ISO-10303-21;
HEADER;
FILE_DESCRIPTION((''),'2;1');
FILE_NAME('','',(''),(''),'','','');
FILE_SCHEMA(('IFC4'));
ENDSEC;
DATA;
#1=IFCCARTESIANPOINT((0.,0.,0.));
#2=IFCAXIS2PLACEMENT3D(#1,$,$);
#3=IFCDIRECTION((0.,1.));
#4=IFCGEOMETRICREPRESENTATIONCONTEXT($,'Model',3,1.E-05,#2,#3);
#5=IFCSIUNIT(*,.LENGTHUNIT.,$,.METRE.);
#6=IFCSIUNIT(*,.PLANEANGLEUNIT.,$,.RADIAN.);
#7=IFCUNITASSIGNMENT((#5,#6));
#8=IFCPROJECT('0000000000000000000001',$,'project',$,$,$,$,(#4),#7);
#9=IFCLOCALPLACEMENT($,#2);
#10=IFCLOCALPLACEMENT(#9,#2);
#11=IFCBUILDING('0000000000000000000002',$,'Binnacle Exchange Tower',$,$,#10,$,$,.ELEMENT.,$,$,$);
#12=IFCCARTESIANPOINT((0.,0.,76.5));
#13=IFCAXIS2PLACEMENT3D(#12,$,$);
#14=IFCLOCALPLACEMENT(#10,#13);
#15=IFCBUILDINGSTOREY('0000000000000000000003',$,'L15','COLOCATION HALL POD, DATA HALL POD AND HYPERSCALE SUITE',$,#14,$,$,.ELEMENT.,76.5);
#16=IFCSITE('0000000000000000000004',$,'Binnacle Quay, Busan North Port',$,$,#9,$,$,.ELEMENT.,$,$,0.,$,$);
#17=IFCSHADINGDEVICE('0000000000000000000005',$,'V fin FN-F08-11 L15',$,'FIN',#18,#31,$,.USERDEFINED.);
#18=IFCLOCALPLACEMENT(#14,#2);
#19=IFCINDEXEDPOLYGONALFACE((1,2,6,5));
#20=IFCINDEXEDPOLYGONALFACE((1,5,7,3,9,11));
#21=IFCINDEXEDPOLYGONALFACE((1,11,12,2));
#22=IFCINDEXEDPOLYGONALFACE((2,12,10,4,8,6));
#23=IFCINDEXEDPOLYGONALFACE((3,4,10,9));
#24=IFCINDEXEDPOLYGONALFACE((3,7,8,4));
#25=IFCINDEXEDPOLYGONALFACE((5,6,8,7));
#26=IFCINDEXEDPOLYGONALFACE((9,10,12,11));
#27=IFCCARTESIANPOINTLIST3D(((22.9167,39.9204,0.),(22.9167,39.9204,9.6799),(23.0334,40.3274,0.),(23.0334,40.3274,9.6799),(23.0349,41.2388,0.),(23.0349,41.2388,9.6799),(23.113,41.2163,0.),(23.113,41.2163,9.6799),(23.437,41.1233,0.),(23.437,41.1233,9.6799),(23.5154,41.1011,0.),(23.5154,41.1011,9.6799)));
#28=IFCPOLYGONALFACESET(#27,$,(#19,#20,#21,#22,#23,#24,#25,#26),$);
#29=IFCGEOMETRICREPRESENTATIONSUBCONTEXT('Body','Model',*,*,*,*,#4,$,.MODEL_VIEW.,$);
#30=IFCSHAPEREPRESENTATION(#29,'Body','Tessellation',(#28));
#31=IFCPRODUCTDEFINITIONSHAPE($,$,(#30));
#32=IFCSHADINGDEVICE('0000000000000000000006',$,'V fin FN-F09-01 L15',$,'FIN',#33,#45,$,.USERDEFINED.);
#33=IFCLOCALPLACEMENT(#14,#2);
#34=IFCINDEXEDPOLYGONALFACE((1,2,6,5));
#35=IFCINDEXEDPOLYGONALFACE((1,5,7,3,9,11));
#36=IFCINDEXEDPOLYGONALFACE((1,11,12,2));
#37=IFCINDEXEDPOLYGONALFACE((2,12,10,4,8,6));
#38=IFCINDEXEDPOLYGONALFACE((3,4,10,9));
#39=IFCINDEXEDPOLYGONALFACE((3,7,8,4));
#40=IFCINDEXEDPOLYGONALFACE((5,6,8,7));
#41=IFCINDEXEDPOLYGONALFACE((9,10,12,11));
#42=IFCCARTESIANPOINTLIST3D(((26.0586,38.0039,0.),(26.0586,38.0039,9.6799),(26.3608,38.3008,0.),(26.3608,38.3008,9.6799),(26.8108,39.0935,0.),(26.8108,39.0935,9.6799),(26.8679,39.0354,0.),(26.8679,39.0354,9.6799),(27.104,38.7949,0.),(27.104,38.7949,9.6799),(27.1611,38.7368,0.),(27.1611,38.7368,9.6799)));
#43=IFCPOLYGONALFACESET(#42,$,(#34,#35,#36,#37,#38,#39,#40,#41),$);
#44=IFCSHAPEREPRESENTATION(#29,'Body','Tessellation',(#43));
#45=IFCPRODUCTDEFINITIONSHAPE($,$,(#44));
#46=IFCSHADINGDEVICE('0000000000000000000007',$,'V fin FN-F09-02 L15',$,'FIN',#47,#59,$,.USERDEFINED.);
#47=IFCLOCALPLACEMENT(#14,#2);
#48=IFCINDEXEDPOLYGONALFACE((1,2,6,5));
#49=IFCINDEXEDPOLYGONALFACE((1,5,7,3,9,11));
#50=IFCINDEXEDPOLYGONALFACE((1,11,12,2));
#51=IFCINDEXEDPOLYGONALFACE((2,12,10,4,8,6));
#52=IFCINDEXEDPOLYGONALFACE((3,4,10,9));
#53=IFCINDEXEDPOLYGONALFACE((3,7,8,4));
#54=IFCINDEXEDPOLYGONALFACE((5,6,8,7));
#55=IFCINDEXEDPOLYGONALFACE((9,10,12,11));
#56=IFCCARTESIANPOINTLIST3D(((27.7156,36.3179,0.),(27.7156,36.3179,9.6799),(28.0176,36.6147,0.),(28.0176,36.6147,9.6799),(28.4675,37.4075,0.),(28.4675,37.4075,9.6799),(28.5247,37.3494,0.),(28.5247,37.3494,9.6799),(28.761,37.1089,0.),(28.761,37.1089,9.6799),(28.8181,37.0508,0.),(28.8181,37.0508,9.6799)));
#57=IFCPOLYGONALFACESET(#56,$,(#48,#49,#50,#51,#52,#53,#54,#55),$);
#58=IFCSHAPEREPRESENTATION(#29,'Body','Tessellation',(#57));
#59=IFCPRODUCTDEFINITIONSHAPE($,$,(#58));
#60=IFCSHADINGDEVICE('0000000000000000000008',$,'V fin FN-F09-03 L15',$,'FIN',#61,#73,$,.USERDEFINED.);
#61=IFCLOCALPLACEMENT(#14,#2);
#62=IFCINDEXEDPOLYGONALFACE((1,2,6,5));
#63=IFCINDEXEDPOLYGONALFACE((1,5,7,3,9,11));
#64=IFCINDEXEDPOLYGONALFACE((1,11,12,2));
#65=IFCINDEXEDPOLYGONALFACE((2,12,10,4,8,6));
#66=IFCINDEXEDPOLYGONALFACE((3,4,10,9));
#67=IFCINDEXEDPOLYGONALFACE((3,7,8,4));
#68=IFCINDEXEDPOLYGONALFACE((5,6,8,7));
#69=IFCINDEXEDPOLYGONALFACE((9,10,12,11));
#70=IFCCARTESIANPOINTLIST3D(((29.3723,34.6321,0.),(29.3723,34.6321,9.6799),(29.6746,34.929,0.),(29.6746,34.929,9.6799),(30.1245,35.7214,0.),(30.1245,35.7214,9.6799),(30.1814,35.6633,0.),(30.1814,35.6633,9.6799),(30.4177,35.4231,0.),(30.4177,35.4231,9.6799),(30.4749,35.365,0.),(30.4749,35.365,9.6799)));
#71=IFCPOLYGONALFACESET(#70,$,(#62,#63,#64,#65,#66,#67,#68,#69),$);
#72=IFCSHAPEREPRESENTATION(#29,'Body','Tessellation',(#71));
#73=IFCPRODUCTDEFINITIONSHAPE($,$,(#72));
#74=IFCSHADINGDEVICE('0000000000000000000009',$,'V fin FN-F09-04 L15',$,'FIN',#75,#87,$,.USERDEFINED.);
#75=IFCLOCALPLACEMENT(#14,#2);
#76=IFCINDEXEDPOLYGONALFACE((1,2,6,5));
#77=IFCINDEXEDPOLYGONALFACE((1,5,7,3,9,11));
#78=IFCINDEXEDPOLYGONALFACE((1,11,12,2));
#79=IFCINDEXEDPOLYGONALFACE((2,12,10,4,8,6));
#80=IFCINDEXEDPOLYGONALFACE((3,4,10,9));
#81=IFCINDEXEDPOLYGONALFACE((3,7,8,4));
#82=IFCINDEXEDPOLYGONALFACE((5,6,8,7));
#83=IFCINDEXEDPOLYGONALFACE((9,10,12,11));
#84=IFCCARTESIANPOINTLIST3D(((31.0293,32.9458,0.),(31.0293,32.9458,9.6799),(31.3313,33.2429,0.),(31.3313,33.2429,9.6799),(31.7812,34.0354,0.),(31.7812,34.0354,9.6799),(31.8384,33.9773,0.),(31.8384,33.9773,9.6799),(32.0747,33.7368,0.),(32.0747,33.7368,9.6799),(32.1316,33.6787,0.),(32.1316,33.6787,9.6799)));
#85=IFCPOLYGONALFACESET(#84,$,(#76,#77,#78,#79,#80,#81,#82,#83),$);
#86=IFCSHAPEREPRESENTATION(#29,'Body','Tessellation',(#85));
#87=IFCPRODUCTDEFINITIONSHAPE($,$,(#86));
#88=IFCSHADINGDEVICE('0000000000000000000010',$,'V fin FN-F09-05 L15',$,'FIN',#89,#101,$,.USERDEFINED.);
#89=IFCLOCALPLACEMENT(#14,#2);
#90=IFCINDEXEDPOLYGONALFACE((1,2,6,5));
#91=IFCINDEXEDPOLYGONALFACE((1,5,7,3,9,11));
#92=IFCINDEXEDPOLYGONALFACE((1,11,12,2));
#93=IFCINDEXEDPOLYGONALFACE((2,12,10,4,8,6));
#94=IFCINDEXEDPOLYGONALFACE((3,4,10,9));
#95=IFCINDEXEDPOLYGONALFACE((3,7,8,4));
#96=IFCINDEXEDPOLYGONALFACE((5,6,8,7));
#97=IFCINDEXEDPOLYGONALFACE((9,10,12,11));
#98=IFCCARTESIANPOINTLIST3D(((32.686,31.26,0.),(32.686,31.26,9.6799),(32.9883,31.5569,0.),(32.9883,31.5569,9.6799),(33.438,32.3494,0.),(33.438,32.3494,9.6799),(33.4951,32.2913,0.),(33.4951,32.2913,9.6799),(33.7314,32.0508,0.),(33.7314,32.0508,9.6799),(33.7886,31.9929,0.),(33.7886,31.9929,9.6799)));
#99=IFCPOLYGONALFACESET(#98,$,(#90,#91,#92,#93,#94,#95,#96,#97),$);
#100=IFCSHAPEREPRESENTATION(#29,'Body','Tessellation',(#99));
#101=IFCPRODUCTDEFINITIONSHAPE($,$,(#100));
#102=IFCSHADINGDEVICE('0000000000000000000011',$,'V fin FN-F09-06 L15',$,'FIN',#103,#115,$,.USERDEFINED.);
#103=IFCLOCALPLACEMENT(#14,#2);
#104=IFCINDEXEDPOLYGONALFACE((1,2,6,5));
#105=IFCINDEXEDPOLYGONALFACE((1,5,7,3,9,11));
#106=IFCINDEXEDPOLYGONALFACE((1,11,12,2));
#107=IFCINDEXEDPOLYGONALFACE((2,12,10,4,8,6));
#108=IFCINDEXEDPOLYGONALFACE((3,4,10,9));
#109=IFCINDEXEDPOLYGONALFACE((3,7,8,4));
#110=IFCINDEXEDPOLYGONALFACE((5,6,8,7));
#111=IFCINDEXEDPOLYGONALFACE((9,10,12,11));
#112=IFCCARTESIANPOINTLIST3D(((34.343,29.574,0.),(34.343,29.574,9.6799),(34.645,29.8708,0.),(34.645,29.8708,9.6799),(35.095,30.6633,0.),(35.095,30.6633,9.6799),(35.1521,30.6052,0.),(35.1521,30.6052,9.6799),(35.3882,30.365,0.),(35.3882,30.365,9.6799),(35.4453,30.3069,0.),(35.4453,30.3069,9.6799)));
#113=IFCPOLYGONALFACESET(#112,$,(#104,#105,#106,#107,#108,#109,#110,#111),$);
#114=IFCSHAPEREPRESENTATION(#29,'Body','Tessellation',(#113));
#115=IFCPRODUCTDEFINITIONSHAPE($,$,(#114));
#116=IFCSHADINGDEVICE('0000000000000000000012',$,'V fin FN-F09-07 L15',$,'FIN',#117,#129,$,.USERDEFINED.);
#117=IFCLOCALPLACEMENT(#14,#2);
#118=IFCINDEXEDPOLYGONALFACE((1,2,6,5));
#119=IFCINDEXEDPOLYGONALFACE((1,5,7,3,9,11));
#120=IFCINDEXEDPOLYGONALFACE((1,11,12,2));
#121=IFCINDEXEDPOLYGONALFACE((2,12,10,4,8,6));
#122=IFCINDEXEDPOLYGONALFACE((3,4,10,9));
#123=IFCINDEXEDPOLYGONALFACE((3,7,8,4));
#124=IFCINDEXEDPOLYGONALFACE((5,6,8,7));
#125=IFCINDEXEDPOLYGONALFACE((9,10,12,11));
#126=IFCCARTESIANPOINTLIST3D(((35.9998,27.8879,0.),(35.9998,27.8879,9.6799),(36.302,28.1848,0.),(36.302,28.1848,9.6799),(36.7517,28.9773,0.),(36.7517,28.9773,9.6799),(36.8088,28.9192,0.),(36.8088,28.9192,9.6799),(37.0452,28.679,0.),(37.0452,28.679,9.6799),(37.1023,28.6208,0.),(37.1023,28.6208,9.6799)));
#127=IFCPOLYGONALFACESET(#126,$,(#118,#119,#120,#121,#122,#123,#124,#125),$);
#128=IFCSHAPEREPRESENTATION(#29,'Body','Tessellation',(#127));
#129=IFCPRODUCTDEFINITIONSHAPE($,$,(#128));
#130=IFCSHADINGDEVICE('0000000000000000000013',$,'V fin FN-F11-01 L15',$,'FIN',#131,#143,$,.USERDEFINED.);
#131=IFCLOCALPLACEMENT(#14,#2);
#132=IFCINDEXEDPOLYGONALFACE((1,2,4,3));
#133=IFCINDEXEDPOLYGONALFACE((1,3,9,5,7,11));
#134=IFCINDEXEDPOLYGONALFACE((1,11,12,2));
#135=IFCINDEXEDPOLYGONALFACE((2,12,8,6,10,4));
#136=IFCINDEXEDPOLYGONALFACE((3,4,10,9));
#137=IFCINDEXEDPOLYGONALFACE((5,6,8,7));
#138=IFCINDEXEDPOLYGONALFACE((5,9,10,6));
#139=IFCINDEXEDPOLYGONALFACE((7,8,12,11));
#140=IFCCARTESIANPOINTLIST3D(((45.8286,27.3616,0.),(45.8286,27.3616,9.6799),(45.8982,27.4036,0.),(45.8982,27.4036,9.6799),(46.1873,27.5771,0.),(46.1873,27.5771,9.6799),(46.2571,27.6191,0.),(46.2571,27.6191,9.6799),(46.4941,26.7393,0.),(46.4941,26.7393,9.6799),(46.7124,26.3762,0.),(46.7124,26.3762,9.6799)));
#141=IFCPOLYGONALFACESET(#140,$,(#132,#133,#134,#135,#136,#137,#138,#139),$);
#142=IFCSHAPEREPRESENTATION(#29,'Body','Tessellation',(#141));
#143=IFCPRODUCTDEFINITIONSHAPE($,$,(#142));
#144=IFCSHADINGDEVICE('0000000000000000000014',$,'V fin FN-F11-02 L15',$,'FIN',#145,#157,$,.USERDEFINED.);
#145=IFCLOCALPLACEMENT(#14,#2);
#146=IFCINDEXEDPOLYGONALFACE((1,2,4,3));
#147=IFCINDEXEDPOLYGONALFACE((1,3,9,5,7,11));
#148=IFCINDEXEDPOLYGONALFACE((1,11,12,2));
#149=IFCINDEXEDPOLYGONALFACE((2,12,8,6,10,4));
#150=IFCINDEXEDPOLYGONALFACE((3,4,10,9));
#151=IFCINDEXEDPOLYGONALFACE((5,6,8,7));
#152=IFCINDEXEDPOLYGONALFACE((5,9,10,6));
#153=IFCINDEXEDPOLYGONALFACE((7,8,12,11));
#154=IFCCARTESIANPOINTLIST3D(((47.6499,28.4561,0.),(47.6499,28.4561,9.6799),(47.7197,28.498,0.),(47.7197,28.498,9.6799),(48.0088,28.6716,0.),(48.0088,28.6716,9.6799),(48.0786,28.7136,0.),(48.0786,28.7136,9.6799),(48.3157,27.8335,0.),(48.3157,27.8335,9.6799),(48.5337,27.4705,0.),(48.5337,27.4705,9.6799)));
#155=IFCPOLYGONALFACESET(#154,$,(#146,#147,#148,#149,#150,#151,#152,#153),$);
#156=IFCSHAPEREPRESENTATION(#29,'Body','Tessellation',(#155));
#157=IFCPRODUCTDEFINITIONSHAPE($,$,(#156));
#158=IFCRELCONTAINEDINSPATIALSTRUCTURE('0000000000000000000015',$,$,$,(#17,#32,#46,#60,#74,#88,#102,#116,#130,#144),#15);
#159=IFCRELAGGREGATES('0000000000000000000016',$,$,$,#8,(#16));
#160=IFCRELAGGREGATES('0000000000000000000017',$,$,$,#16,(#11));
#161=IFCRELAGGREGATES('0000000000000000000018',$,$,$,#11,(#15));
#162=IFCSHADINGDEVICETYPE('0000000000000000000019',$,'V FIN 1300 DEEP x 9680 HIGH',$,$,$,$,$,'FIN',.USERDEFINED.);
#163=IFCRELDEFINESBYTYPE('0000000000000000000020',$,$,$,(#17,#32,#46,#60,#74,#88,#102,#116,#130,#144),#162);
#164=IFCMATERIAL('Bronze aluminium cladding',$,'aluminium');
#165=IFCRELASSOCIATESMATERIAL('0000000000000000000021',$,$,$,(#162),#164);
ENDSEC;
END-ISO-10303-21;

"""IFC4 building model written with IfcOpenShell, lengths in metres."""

from ifc_helpers import new_model, si_unit, direction, frame, origin, place, context, subcontext, project, spatial, polyline, outline, extrude, material, type_object, element, save


model = new_model("IFC4")

# Units and contexts
model_context = context("Model", 3, precision=1e-05, world=origin(), true_north=direction((0.0, 1.0)))
body_context = subcontext(model_context, "Body", "Model", "MODEL_VIEW")
ifc_project = project(units=[si_unit("LENGTHUNIT", "METRE"), si_unit("PLANEANGLEUNIT", "RADIAN")], contexts=[model_context])

# Site, building, storey
site_placement = place(None, origin())
site = spatial("IfcSite", under=ifc_project, at=site_placement, Name="Binnacle Quay, Busan North Port", CompositionType="ELEMENT", RefElevation=0.0)
building_placement = place(site_placement, origin())
building = spatial("IfcBuilding", under=site, at=building_placement, Name="Binnacle Exchange Tower", CompositionType="ELEMENT")
storey_placement = place(building_placement, frame((0.0, 0.0, 76.5)))
storey = spatial("IfcBuildingStorey", under=building, at=storey_placement, Name="L15", Description="COLOCATION HALL POD, DATA HALL POD AND HYPERSCALE SUITE", CompositionType="ELEMENT", Elevation=76.5)

# Shading devices
ifc_material = material(Name="Bronze aluminium cladding", Category="aluminium")
shading_device_type = type_object("IfcShadingDeviceType", Name="V FIN 1300 DEEP x 9680 HIGH", ElementType="FIN", PredefinedType="USERDEFINED", material=ifc_material)
shading_device_1_placement = place(storey_placement, origin())
element("IfcShadingDevice", 1, at=shading_device_1_placement, inside=storey, type_object=shading_device_type, Name="V fin FN-F08-11 L15", ObjectType="FIN", PredefinedType="USERDEFINED", context=body_context, shape_type="SweptSolid", body=[
    extrude(outline(polyline([(23.0349, 41.2388), (22.9167, 39.9204), (23.5154, 41.1011), (23.437, 41.1233), (23.0334, 40.3274), (23.113, 41.2163), (23.0349, 41.2388)])), origin(), (0.0, 0.0, 1.0), 9.6799),
])
shading_device_2_placement = place(storey_placement, origin())
element("IfcShadingDevice", 2, at=shading_device_2_placement, inside=storey, type_object=shading_device_type, Name="V fin FN-F09-01 L15", ObjectType="FIN", PredefinedType="USERDEFINED", context=body_context, shape_type="SweptSolid", body=[
    extrude(outline(polyline([(26.8108, 39.0935), (26.0586, 38.0039), (27.1611, 38.7368), (27.104, 38.7949), (26.3608, 38.3008), (26.8679, 39.0354), (26.8108, 39.0935)])), origin(), (0.0, 0.0, 1.0), 9.6799),
])
shading_device_3_placement = place(storey_placement, origin())
element("IfcShadingDevice", 3, at=shading_device_3_placement, inside=storey, type_object=shading_device_type, Name="V fin FN-F09-02 L15", ObjectType="FIN", PredefinedType="USERDEFINED", context=body_context, shape_type="SweptSolid", body=[
    extrude(outline(polyline([(28.4675, 37.4075), (27.7156, 36.3179), (28.8181, 37.0508), (28.761, 37.1089), (28.0176, 36.6147), (28.5247, 37.3494), (28.4675, 37.4075)])), origin(), (0.0, 0.0, 1.0), 9.6799),
])
shading_device_4_placement = place(storey_placement, origin())
element("IfcShadingDevice", 4, at=shading_device_4_placement, inside=storey, type_object=shading_device_type, Name="V fin FN-F09-03 L15", ObjectType="FIN", PredefinedType="USERDEFINED", context=body_context, shape_type="SweptSolid", body=[
    extrude(outline(polyline([(30.1245, 35.7214), (29.3723, 34.6321), (30.4749, 35.365), (30.4177, 35.4231), (29.6746, 34.929), (30.1814, 35.6633), (30.1245, 35.7214)])), origin(), (0.0, 0.0, 1.0), 9.6799),
])
shading_device_5_placement = place(storey_placement, origin())
element("IfcShadingDevice", 5, at=shading_device_5_placement, inside=storey, type_object=shading_device_type, Name="V fin FN-F09-04 L15", ObjectType="FIN", PredefinedType="USERDEFINED", context=body_context, shape_type="SweptSolid", body=[
    extrude(outline(polyline([(31.7812, 34.0354), (31.0293, 32.9458), (32.1316, 33.6787), (32.0747, 33.7368), (31.3313, 33.2429), (31.8384, 33.9773), (31.7812, 34.0354)])), origin(), (0.0, 0.0, 1.0), 9.6799),
])
shading_device_6_placement = place(storey_placement, origin())
element("IfcShadingDevice", 6, at=shading_device_6_placement, inside=storey, type_object=shading_device_type, Name="V fin FN-F09-05 L15", ObjectType="FIN", PredefinedType="USERDEFINED", context=body_context, shape_type="SweptSolid", body=[
    extrude(outline(polyline([(33.438, 32.3494), (32.686, 31.26), (33.7886, 31.9929), (33.7314, 32.0508), (32.9883, 31.5569), (33.4951, 32.2913), (33.438, 32.3494)])), origin(), (0.0, 0.0, 1.0), 9.6799),
])
shading_device_7_placement = place(storey_placement, origin())
element("IfcShadingDevice", 7, at=shading_device_7_placement, inside=storey, type_object=shading_device_type, Name="V fin FN-F09-06 L15", ObjectType="FIN", PredefinedType="USERDEFINED", context=body_context, shape_type="SweptSolid", body=[
    extrude(outline(polyline([(35.095, 30.6633), (34.343, 29.574), (35.4453, 30.3069), (35.3882, 30.365), (34.645, 29.8708), (35.1521, 30.6052), (35.095, 30.6633)])), origin(), (0.0, 0.0, 1.0), 9.6799),
])
shading_device_8_placement = place(storey_placement, origin())
element("IfcShadingDevice", 8, at=shading_device_8_placement, inside=storey, type_object=shading_device_type, Name="V fin FN-F09-07 L15", ObjectType="FIN", PredefinedType="USERDEFINED", context=body_context, shape_type="SweptSolid", body=[
    extrude(outline(polyline([(36.7517, 28.9773), (35.9998, 27.8879), (37.1023, 28.6208), (37.0452, 28.679), (36.302, 28.1848), (36.8088, 28.9192), (36.7517, 28.9773)])), origin(), (0.0, 0.0, 1.0), 9.6799),
])
shading_device_9_placement = place(storey_placement, origin())
element("IfcShadingDevice", 9, at=shading_device_9_placement, inside=storey, type_object=shading_device_type, Name="V fin FN-F11-01 L15", ObjectType="FIN", PredefinedType="USERDEFINED", context=body_context, shape_type="SweptSolid", body=[
    extrude(outline(polyline([(45.8286, 27.3616), (46.7124, 26.3762), (46.2571, 27.6191), (46.1873, 27.5771), (46.4941, 26.7393), (45.8982, 27.4036), (45.8286, 27.3616)])), origin(), (0.0, 0.0, 1.0), 9.6799),
])
shading_device_10_placement = place(storey_placement, origin())
element("IfcShadingDevice", 10, at=shading_device_10_placement, inside=storey, type_object=shading_device_type, Name="V fin FN-F11-02 L15", ObjectType="FIN", PredefinedType="USERDEFINED", context=body_context, shape_type="SweptSolid", body=[
    extrude(outline(polyline([(47.6499, 28.4561), (48.5337, 27.4705), (48.0786, 28.7136), (48.0088, 28.6716), (48.3157, 27.8335), (47.7197, 28.498), (47.6499, 28.4561)])), origin(), (0.0, 0.0, 1.0), 9.6799),
])

save(model, "model.ifc")
